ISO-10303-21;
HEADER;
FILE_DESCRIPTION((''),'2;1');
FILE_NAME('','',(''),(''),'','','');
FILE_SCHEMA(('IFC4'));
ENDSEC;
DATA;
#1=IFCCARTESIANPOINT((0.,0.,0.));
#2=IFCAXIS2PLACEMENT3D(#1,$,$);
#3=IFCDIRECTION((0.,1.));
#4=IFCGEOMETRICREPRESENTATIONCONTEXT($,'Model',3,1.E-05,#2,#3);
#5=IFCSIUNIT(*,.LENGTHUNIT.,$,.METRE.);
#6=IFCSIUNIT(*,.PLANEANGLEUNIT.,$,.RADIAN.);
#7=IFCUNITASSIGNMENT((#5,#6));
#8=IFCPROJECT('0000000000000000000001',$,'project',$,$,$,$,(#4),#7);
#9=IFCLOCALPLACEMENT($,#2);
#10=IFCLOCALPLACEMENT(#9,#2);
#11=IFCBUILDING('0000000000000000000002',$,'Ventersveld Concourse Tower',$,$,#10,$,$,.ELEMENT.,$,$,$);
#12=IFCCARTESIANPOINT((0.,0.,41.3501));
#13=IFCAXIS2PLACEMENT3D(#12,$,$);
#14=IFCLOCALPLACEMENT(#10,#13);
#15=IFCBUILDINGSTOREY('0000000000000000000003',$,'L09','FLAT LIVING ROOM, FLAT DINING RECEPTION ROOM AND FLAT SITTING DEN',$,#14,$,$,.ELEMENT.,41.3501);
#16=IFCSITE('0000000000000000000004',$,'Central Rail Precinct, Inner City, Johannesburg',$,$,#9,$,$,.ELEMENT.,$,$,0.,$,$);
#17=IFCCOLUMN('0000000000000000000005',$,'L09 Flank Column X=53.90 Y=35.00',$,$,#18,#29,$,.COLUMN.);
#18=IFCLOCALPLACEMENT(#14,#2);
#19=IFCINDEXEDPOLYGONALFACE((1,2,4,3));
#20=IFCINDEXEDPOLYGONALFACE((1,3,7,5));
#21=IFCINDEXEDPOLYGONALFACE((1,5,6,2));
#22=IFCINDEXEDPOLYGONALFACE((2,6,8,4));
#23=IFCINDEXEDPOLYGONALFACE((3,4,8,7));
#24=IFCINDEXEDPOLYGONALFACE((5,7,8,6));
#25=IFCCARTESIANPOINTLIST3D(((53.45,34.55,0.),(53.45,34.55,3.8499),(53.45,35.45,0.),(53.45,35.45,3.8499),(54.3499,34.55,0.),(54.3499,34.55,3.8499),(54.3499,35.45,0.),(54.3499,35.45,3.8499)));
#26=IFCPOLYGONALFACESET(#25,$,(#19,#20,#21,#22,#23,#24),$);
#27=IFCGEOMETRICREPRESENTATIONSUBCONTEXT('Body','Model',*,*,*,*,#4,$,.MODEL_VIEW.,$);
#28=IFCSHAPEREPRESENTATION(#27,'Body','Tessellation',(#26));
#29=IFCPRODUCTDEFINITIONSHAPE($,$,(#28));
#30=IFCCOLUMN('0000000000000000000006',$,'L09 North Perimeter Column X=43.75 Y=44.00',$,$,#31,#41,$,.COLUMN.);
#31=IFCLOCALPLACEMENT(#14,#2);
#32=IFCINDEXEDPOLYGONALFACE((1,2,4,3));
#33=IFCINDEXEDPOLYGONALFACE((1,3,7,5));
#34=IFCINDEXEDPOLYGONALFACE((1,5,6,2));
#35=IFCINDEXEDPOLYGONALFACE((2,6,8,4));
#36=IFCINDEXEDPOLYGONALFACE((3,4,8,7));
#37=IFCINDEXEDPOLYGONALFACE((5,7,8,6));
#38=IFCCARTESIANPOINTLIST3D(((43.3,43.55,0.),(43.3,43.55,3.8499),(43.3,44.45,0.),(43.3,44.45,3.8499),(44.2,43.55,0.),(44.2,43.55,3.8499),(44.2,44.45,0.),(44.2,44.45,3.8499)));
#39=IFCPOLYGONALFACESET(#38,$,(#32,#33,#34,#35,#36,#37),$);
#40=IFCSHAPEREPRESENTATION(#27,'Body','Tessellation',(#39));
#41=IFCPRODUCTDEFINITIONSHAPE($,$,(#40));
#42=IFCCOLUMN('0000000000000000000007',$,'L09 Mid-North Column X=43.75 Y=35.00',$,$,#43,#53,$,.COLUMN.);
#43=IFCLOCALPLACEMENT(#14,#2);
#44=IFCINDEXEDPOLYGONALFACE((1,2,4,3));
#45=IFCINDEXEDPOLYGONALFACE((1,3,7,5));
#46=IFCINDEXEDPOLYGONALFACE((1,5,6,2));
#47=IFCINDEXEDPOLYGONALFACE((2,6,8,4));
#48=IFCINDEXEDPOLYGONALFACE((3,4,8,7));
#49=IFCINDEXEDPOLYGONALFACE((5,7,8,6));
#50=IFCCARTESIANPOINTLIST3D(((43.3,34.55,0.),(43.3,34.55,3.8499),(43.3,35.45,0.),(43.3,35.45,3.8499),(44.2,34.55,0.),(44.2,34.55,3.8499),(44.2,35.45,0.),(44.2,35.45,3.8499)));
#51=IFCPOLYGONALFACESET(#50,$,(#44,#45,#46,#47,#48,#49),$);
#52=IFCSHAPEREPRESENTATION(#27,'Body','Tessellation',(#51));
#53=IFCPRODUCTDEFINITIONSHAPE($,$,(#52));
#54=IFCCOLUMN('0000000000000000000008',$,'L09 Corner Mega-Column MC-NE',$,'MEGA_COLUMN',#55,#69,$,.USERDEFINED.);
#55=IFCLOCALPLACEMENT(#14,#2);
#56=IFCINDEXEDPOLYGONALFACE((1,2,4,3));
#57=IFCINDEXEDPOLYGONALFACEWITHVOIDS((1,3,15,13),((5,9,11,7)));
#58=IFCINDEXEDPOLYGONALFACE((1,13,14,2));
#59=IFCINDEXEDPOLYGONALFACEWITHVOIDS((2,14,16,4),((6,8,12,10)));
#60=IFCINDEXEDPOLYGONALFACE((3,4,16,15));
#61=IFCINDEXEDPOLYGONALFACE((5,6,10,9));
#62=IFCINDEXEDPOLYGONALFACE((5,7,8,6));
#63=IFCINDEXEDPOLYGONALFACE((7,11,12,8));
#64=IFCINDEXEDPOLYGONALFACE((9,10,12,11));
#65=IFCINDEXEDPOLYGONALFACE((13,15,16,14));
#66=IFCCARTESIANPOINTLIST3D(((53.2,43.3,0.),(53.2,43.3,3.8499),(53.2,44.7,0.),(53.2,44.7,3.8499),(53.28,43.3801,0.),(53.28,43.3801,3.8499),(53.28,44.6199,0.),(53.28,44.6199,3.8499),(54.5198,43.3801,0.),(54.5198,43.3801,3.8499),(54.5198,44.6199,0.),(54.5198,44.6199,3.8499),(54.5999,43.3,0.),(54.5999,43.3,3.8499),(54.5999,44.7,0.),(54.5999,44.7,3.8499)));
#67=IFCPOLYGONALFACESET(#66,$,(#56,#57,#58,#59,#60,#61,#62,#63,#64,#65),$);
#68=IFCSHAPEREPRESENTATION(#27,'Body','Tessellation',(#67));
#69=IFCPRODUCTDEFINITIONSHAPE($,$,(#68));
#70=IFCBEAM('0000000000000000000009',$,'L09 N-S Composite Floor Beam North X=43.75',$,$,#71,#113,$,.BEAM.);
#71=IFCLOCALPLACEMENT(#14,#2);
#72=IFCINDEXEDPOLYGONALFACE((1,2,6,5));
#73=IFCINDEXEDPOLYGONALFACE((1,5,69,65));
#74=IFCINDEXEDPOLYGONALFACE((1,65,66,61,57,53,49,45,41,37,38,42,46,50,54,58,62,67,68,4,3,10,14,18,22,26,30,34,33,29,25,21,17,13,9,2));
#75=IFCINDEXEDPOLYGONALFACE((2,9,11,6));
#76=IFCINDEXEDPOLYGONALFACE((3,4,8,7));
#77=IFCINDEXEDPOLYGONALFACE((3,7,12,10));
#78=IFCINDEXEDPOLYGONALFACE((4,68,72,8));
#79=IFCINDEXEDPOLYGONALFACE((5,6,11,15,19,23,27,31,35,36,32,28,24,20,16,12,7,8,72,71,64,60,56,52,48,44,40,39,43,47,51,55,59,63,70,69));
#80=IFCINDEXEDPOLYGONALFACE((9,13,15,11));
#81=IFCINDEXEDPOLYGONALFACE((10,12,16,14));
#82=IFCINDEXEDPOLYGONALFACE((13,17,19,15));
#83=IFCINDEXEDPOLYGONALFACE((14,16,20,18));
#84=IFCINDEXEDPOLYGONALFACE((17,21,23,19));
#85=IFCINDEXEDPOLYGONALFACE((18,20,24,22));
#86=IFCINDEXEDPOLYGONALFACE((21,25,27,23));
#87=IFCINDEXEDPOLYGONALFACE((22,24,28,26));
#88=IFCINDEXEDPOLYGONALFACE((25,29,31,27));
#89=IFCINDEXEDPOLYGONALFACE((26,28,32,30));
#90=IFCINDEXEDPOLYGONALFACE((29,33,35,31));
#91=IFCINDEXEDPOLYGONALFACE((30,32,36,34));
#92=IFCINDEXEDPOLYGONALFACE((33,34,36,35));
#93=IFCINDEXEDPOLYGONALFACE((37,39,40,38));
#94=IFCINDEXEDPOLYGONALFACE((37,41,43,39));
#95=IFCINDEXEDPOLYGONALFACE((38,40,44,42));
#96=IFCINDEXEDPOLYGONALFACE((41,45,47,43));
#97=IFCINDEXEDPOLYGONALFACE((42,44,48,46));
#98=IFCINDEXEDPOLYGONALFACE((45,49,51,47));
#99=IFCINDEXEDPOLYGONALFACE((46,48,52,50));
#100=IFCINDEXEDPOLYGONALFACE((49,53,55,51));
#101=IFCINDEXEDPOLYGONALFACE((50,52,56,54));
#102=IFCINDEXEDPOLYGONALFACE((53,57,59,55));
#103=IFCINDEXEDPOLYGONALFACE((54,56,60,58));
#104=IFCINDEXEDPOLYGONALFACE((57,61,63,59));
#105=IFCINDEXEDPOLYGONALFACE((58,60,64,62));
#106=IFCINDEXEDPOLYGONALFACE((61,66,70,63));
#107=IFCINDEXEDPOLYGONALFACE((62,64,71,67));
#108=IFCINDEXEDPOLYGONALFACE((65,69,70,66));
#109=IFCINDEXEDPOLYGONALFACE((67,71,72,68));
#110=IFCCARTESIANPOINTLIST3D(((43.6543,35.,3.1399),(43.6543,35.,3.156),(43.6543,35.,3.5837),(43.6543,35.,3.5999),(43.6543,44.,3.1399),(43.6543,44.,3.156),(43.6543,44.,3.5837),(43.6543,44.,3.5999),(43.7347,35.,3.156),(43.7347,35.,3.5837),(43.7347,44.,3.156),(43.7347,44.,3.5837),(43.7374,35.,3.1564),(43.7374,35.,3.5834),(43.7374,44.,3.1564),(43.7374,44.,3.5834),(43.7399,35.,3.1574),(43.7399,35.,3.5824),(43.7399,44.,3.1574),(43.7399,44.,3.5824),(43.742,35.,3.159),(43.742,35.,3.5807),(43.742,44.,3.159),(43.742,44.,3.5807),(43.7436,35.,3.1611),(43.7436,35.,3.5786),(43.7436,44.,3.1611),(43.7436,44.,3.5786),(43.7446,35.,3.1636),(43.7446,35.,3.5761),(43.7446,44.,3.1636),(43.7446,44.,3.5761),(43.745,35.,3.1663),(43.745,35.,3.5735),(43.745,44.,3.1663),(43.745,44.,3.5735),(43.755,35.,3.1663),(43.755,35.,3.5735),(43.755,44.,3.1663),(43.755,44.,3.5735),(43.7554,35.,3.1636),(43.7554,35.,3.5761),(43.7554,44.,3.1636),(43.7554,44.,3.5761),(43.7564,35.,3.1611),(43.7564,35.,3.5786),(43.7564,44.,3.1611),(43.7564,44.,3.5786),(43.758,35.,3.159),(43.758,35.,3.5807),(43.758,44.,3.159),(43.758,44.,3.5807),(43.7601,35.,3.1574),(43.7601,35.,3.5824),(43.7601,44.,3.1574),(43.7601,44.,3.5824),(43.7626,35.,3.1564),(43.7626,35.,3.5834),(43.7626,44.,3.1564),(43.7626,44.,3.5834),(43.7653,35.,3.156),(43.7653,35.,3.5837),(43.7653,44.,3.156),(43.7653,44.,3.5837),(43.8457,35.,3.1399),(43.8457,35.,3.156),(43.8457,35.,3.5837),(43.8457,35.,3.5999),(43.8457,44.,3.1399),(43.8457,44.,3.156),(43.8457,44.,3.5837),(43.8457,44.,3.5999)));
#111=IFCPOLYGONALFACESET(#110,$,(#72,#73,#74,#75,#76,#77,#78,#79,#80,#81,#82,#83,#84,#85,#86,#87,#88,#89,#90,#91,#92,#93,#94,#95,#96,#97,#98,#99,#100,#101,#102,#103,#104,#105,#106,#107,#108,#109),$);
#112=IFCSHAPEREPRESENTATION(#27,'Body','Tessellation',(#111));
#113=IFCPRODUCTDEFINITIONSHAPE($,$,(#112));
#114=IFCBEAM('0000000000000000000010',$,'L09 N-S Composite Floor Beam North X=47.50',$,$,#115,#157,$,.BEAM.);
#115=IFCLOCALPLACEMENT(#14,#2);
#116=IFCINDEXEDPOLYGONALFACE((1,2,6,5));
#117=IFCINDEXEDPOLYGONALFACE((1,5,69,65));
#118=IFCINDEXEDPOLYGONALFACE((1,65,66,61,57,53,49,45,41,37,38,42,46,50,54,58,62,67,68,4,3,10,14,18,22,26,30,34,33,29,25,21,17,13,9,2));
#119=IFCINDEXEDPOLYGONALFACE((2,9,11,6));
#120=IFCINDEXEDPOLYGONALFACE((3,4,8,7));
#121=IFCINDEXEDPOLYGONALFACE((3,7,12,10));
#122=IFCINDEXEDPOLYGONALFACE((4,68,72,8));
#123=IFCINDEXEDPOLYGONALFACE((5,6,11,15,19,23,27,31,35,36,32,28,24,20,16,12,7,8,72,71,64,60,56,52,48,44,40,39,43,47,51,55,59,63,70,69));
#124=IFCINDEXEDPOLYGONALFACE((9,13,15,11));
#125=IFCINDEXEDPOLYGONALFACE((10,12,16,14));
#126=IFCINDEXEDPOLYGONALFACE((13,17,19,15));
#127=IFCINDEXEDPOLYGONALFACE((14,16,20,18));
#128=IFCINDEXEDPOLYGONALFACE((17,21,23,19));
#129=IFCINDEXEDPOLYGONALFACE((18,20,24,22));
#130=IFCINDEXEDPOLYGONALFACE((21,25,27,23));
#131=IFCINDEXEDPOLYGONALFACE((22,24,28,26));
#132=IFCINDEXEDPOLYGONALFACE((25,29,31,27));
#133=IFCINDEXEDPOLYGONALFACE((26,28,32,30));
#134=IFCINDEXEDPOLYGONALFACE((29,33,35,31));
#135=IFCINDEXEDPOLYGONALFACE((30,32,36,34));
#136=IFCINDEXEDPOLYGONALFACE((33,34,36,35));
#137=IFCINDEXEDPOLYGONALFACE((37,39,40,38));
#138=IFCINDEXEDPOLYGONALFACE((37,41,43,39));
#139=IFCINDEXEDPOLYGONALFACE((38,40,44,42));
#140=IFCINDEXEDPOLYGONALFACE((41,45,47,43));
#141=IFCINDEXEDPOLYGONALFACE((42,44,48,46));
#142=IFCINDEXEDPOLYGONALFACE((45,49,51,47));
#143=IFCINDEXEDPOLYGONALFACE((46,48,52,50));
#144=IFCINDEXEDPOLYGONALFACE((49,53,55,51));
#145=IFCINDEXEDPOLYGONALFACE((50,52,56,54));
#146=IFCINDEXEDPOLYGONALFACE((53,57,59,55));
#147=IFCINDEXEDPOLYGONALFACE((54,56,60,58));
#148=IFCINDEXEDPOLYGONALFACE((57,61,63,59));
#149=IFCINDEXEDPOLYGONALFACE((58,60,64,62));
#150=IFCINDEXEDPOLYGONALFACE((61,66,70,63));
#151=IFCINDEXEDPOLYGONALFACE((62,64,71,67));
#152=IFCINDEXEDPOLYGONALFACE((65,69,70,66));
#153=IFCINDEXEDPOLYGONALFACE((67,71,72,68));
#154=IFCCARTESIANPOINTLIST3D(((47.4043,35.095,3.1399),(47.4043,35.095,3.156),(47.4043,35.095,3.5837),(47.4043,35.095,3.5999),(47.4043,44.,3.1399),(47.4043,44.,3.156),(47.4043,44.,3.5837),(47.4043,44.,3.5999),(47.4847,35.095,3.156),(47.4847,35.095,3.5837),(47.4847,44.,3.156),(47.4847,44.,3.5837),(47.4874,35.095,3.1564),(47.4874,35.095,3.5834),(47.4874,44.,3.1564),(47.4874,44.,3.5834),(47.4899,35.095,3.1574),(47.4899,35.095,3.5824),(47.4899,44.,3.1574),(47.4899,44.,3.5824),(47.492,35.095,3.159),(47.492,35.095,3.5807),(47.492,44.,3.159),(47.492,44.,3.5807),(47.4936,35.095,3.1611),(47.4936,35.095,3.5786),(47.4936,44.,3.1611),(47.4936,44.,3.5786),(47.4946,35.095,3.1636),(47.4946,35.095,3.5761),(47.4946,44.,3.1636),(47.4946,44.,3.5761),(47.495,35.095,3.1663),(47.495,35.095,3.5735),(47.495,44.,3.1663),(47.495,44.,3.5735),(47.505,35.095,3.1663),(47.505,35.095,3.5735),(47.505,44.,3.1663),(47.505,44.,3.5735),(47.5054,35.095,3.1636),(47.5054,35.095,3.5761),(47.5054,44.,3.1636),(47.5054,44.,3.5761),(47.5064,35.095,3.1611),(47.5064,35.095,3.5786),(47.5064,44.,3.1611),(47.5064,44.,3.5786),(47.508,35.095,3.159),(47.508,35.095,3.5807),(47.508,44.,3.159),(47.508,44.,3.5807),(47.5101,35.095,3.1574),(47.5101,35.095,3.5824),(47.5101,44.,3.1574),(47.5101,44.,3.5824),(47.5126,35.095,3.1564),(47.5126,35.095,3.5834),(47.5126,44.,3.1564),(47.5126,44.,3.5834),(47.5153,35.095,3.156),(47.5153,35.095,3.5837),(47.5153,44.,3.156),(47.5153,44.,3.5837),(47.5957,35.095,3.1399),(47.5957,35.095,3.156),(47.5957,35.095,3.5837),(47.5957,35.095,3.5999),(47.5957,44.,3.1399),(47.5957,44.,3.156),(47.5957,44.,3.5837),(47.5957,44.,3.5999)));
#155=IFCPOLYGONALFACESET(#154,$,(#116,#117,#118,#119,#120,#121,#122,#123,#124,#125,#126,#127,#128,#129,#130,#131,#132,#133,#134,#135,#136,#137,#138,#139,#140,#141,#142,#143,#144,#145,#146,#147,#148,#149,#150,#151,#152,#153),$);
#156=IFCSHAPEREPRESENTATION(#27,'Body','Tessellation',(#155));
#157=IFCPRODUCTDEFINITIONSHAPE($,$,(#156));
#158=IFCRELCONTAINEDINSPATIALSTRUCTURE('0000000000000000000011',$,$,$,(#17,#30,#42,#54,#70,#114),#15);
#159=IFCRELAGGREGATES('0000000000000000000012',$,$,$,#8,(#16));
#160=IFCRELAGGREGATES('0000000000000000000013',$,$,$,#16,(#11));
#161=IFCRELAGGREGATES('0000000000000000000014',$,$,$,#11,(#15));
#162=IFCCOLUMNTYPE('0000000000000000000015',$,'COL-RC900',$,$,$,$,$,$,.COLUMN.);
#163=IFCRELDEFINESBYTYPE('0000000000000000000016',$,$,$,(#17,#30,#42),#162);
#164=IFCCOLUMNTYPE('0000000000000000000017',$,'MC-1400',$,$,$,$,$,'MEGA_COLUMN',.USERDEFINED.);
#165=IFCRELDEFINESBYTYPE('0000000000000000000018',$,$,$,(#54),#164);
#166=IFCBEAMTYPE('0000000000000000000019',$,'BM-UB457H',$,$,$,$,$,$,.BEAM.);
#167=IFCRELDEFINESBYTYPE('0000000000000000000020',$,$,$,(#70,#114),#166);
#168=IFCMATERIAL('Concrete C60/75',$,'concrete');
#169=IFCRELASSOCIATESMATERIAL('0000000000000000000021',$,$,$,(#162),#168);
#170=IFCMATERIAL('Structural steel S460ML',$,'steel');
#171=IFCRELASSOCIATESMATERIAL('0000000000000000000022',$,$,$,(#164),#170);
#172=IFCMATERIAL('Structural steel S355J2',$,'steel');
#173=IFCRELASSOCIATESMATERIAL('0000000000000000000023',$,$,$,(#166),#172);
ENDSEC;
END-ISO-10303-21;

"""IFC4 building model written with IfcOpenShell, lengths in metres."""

from ifc_helpers import new_model, si_unit, direction, frame, origin, origin_2d, place, context, subcontext, project, spatial, rectangle, hollow_rectangle, i_section, extrude, material, material_profile, profile_set, type_object, element, save


model = new_model("IFC4")

# Units and contexts
model_context = context("Model", 3, precision=1e-05, world=origin(), true_north=direction((0.0, 1.0)))
body_context = subcontext(model_context, "Body", "Model", "MODEL_VIEW")
ifc_project = project(units=[si_unit("LENGTHUNIT", "METRE"), si_unit("PLANEANGLEUNIT", "RADIAN")], contexts=[model_context])

# Site, building, storey
site_placement = place(None, origin())
site = spatial("IfcSite", under=ifc_project, at=site_placement, Name="Central Rail Precinct, Inner City, Johannesburg", CompositionType="ELEMENT", RefElevation=0.0)
building_placement = place(site_placement, origin())
building = spatial("IfcBuilding", under=site, at=building_placement, Name="Ventersveld Concourse Tower", CompositionType="ELEMENT")
storey_placement = place(building_placement, frame((0.0, 0.0, 41.3501)))
storey = spatial("IfcBuildingStorey", under=building, at=storey_placement, Name="L09", Description="FLAT LIVING ROOM, FLAT DINING RECEPTION ROOM AND FLAT SITTING DEN", CompositionType="ELEMENT", Elevation=41.3501)

# Columns
ifc_material_1 = material(Name="Concrete C60/75", Category="concrete")
ifc_material_profile_1 = material_profile(ifc_material_1, rectangle(XDim=0.8999, YDim=0.8999, at=origin_2d()), Name="RC 900x900")
ifc_profile_set_1 = profile_set([ifc_material_profile_1], Name="Concrete C60/75")
column_type_1 = type_object("IfcColumnType", Name="COL-RC900", PredefinedType="COLUMN", material=ifc_profile_set_1)
for number, where, z_axis, x_axis, name in (
    (1, (53.8999, 35.0, 0.0), (0.0, 0.0, 1.0), (1.0, 0.0, 0.0), "L09 Flank Column X=53.90 Y=35.00"),
    (2, (43.75, 44.0, 0.0), (0.0, 0.0, 1.0), (1.0, 0.0, 0.0), "L09 North Perimeter Column X=43.75 Y=44.00"),
    (3, (43.75, 35.0, 0.0), (0.0, 0.0, 1.0), (1.0, 0.0, 0.0), "L09 Mid-North Column X=43.75 Y=35.00"),
):
    element("IfcColumn", number, at=place(storey_placement, frame(where, z_axis=z_axis, x_axis=x_axis)), inside=storey, type_object=column_type_1, Name=name, PredefinedType="COLUMN", context=body_context, shape_type="SweptSolid", body=[
        extrude(rectangle(XDim=0.8999, YDim=0.8999, at=origin_2d()), origin(), (0.0, 0.0, 1.0), 3.8499),
    ])
ifc_material_2 = material(Name="Structural steel S460ML", Category="steel")
ifc_material_profile_2 = material_profile(ifc_material_2, hollow_rectangle(XDim=1.3999, YDim=1.3999, WallThickness=0.0801, at=origin_2d()), Name="BOX 1400x1400x80")
ifc_profile_set_2 = profile_set([ifc_material_profile_2], Name="Structural steel S460ML")
column_type_2 = type_object("IfcColumnType", Name="MC-1400", ElementType="MEGA_COLUMN", PredefinedType="USERDEFINED", material=ifc_profile_set_2)
column_placement = place(storey_placement, frame((53.8999, 44.0, 0.0), z_axis=(0.0, 0.0, 1.0), x_axis=(1.0, 0.0, 0.0)))
element("IfcColumn", 4, at=column_placement, inside=storey, type_object=column_type_2, Name="L09 Corner Mega-Column MC-NE", ObjectType="MEGA_COLUMN", PredefinedType="USERDEFINED", context=body_context, shape_type="SweptSolid", body=[
    extrude(hollow_rectangle(XDim=1.3999, YDim=1.3999, WallThickness=0.0801, at=origin_2d()), origin(), (0.0, 0.0, 1.0), 3.8499),
])

# Beams
ifc_material_3 = material(Name="Structural steel S355J2", Category="steel")
ifc_material_profile_3 = material_profile(ifc_material_3, i_section(OverallWidth=0.1914, OverallDepth=0.46, WebThickness=0.01, FlangeThickness=0.0161, FilletRadius=0.0103, at=origin_2d()), Name="UB 457x191x82")
ifc_profile_set_3 = profile_set([ifc_material_profile_3], Name="Structural steel S355J2")
beam_type_1 = type_object("IfcBeamType", Name="BM-UB457H", PredefinedType="BEAM", material=ifc_profile_set_3)
beam_1_placement = place(storey_placement, frame((43.75, 35.0, 3.3699), z_axis=(0.0, 1.0, 0.0), x_axis=(-1.0, 0.0, 0.0)))
element("IfcBeam", 5, at=beam_1_placement, inside=storey, type_object=beam_type_1, Name="L09 N-S Composite Floor Beam North X=43.75", PredefinedType="BEAM", context=body_context, shape_type="SweptSolid", body=[
    extrude(i_section(OverallWidth=0.1914, OverallDepth=0.46, WebThickness=0.01, FlangeThickness=0.0161, FilletRadius=0.0103, at=origin_2d()), origin(), (0.0, 0.0, 1.0), 9.0),
])
beam_2_placement = place(storey_placement, frame((47.5, 35.095, 3.3699), z_axis=(0.0, 1.0, 0.0), x_axis=(-1.0, 0.0, 0.0)))
element("IfcBeam", 6, at=beam_2_placement, inside=storey, type_object=beam_type_1, Name="L09 N-S Composite Floor Beam North X=47.50", PredefinedType="BEAM", context=body_context, shape_type="SweptSolid", body=[
    extrude(i_section(OverallWidth=0.1914, OverallDepth=0.46, WebThickness=0.01, FlangeThickness=0.0161, FilletRadius=0.0103, at=origin_2d()), origin(), (0.0, 0.0, 1.0), 8.905),
])

save(model, "model.ifc")
